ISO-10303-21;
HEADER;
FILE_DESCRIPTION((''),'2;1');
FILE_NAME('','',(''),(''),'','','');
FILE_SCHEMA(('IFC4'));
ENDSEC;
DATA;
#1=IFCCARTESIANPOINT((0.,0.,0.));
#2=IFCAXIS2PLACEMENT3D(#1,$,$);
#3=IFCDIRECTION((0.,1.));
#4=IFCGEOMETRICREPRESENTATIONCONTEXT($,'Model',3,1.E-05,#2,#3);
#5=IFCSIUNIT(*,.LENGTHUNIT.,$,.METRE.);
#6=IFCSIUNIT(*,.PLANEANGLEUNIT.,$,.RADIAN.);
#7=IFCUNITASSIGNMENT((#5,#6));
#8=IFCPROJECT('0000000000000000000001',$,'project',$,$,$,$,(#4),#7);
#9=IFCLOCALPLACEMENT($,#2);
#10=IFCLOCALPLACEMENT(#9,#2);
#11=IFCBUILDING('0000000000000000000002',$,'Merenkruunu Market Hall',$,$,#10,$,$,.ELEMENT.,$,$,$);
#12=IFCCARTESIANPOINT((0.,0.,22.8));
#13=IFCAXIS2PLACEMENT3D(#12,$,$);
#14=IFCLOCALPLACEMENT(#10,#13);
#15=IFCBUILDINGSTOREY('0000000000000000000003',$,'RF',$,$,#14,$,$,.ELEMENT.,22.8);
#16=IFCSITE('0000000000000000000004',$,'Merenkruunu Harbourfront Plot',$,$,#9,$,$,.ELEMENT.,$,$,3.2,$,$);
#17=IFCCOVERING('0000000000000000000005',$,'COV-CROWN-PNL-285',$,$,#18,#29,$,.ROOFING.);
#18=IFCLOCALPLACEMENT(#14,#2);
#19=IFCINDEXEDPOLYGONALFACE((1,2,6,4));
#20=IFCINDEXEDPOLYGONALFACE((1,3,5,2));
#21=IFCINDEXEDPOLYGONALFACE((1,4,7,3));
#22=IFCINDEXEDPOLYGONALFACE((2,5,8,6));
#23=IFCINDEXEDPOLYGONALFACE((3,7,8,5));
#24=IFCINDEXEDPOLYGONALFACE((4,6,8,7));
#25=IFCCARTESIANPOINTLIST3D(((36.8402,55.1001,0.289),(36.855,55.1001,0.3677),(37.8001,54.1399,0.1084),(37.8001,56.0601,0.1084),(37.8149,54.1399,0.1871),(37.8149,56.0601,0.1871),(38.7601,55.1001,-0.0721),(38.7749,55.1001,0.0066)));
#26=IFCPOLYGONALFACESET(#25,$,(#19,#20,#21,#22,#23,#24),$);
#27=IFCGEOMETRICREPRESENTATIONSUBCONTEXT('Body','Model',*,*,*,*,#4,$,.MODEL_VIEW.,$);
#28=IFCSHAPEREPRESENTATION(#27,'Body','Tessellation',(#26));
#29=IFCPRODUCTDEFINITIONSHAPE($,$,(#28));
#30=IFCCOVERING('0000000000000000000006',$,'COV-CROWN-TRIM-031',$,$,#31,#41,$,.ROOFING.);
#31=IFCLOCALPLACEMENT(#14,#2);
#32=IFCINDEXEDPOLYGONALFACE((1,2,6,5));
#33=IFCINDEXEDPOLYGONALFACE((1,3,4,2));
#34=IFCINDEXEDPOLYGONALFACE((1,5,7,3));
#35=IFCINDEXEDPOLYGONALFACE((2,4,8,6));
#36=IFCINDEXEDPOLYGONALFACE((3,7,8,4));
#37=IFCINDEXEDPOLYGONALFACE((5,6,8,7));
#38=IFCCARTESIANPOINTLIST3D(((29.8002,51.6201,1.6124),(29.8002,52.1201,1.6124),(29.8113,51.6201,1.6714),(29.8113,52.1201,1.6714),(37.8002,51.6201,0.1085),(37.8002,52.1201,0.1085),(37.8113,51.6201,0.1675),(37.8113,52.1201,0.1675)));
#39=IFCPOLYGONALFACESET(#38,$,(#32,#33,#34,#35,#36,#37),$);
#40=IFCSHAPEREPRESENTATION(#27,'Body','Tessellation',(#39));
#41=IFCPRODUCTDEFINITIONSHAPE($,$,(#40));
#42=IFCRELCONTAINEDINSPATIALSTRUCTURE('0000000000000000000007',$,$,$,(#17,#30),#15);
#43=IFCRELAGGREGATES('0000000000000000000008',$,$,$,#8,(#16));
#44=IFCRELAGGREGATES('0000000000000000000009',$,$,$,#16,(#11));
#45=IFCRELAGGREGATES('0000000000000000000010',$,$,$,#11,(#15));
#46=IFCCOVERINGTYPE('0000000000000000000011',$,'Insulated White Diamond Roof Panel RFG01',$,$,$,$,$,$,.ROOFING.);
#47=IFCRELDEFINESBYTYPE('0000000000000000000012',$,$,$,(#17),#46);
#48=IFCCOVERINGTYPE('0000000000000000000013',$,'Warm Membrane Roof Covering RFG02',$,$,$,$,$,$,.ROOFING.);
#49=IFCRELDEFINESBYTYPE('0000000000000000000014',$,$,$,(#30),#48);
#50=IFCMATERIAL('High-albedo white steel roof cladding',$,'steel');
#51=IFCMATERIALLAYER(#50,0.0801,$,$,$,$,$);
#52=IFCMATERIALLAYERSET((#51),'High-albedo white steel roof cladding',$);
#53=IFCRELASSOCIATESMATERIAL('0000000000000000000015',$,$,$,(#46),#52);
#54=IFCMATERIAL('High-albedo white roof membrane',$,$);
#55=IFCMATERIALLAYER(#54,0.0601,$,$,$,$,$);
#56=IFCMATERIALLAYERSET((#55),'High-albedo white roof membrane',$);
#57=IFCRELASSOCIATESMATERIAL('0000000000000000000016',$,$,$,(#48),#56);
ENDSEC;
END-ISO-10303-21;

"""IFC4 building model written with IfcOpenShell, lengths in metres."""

from ifc_helpers import new_model, si_unit, direction, frame, origin, place, context, subcontext, project, spatial, polyline, outline, extrude, material, layer, layer_set, type_object, element, save


model = new_model("IFC4")

# Units and contexts
model_context = context("Model", 3, precision=1e-05, world=origin(), true_north=direction((0.0, 1.0)))
body_context = subcontext(model_context, "Body", "Model", "MODEL_VIEW")
ifc_project = project(units=[si_unit("LENGTHUNIT", "METRE"), si_unit("PLANEANGLEUNIT", "RADIAN")], contexts=[model_context])

# Site, building, storey
site_placement = place(None, origin())
site = spatial("IfcSite", under=ifc_project, at=site_placement, Name="Merenkruunu Harbourfront Plot", CompositionType="ELEMENT", RefElevation=3.2)
building_placement = place(site_placement, origin())
building = spatial("IfcBuilding", under=site, at=building_placement, Name="Merenkruunu Market Hall", CompositionType="ELEMENT")
storey_placement = place(building_placement, frame((0.0, 0.0, 22.8)))
storey = spatial("IfcBuildingStorey", under=building, at=storey_placement, Name="RF", CompositionType="ELEMENT", Elevation=22.8)

# Coverings
ifc_material_1 = material(Name="High-albedo white steel roof cladding", Category="steel")
ifc_layer_1 = layer(ifc_material_1, 0.0801)
ifc_layer_set_1 = layer_set([ifc_layer_1], Name="High-albedo white steel roof cladding")
covering_type_1 = type_object("IfcCoveringType", Name="Insulated White Diamond Roof Panel RFG01", PredefinedType="ROOFING", material=ifc_layer_set_1)
for number, where, z_axis, x_axis, name in (
    (1, (36.855, 55.1001, 0.3677), (0.184832, 0.0, 0.98277), (0.70084, -0.701035, -0.131809), "COV-CROWN-PNL-285"),
):
    element("IfcCovering", number, at=place(storey_placement, frame(where, z_axis=z_axis, x_axis=x_axis)), inside=storey, type_object=covering_type_1, Name=name, PredefinedType="ROOFING", context=body_context, shape_type="SweptSolid", body=[
        extrude(outline(polyline([(0.0, 0.0), (1.3697, 0.0), (1.3932, 1.3695), (0.0236, 1.3693), (0.0, 0.0)])), origin(), (0.0, 0.0, -1.0), 0.0801),
    ])
ifc_material_2 = material(Name="High-albedo white roof membrane")
ifc_layer_2 = layer(ifc_material_2, 0.0601)
ifc_layer_set_2 = layer_set([ifc_layer_2], Name="High-albedo white roof membrane")
covering_type_2 = type_object("IfcCoveringType", Name="Warm Membrane Roof Covering RFG02", PredefinedType="ROOFING", material=ifc_layer_set_2)
covering_placement = place(storey_placement, frame((29.8113, 51.6201, 1.6714), z_axis=(0.184752, 0.0, 0.982785), x_axis=(0.982785, 0.0, -0.184752)))
element("IfcCovering", 2, at=covering_placement, inside=storey, type_object=covering_type_2, Name="COV-CROWN-TRIM-031", PredefinedType="ROOFING", context=body_context, shape_type="SweptSolid", body=[
    extrude(outline(polyline([(0.0, 0.0), (8.1401, 0.0), (8.1401, 0.5), (0.0, 0.5), (0.0, 0.0)])), origin(), (0.0, 0.0, -1.0), 0.0601),
])

save(model, "model.ifc")
